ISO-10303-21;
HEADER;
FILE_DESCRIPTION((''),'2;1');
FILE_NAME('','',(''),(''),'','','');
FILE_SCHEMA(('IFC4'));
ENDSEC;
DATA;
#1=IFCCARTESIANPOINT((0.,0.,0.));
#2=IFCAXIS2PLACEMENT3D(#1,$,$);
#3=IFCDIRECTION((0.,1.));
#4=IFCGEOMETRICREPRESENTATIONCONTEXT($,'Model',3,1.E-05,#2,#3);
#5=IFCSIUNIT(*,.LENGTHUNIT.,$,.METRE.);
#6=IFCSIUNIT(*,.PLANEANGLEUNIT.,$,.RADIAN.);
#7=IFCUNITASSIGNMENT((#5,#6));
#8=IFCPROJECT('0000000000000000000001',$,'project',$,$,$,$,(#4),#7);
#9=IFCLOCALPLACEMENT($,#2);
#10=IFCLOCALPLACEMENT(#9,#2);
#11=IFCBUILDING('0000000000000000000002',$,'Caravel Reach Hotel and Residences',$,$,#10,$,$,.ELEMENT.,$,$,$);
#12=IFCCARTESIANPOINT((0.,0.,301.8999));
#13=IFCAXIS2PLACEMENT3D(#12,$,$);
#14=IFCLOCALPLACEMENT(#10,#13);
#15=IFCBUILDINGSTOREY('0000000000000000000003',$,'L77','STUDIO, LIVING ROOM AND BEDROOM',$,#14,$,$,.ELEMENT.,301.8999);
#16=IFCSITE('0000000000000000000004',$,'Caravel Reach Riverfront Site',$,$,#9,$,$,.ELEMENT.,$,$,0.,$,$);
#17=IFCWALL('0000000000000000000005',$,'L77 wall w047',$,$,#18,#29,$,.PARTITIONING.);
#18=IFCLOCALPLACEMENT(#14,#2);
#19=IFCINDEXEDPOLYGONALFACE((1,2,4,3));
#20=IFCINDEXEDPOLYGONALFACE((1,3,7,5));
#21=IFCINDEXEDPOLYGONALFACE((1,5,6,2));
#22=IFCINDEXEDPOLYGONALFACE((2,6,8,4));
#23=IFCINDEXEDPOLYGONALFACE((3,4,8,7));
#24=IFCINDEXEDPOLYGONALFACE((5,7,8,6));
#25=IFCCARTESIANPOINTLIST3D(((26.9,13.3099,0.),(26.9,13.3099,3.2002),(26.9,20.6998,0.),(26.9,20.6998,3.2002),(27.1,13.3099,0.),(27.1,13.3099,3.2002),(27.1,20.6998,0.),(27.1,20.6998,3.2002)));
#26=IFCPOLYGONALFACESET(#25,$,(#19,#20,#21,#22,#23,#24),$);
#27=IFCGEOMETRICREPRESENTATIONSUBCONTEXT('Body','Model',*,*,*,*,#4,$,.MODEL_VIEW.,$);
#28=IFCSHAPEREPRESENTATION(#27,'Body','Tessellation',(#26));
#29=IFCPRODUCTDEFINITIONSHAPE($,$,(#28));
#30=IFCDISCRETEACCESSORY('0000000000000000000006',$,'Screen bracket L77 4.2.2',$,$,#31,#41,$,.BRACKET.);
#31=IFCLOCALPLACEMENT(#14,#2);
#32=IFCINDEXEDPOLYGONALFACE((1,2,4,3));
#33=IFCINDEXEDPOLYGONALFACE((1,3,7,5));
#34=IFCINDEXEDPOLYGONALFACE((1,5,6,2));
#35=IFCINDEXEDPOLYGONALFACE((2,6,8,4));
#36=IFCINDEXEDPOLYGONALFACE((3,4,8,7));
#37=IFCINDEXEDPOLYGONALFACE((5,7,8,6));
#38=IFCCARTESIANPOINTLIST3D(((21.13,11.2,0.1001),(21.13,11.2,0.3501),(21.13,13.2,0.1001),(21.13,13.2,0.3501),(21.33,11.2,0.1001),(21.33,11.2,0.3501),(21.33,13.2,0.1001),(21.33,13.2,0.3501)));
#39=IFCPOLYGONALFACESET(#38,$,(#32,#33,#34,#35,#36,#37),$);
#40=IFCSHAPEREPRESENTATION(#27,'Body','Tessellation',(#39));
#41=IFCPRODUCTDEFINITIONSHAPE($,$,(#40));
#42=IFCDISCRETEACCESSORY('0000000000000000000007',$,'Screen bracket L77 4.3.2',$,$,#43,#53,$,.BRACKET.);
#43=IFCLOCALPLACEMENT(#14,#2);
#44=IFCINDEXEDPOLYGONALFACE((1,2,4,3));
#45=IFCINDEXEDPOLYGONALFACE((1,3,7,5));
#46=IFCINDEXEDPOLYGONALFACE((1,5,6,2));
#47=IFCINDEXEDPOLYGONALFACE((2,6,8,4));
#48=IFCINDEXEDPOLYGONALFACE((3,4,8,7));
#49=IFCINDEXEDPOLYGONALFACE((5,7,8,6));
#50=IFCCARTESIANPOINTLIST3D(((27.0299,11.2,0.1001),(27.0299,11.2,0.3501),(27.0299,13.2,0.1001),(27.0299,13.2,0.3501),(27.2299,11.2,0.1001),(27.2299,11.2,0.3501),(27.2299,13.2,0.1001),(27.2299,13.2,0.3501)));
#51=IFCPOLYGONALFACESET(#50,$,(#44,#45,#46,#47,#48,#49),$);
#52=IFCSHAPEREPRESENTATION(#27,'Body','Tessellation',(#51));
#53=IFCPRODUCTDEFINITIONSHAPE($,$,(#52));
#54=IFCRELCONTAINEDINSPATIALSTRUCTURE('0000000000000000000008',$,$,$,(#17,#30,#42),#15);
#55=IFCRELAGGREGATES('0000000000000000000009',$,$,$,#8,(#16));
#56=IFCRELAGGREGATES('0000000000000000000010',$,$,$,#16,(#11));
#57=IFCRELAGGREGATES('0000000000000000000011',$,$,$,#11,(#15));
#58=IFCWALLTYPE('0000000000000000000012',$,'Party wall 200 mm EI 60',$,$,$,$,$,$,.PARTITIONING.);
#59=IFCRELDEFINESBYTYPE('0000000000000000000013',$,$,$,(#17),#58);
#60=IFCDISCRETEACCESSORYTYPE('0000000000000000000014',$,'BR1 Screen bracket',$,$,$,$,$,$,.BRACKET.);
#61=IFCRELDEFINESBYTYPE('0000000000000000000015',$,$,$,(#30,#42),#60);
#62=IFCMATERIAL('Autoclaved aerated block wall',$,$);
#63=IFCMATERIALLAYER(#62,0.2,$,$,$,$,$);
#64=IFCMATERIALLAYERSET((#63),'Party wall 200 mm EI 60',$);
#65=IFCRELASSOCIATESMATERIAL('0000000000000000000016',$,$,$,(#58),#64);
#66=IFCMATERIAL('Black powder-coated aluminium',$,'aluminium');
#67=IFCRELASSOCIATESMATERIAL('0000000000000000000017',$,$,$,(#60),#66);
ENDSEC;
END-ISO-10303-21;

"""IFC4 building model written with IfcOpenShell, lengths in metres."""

from ifc_helpers import new_model, si_unit, direction, frame, frame_2d, origin, origin_2d, place, context, subcontext, project, spatial, rectangle, extrude, material, layer, layer_set, type_object, element, save


model = new_model("IFC4")

# Units and contexts
model_context = context("Model", 3, precision=1e-05, world=origin(), true_north=direction((0.0, 1.0)))
body_context = subcontext(model_context, "Body", "Model", "MODEL_VIEW")
ifc_project = project(units=[si_unit("LENGTHUNIT", "METRE"), si_unit("PLANEANGLEUNIT", "RADIAN")], contexts=[model_context])

# Site, building, storey
site_placement = place(None, origin())
site = spatial("IfcSite", under=ifc_project, at=site_placement, Name="Caravel Reach Riverfront Site", CompositionType="ELEMENT", RefElevation=0.0)
building_placement = place(site_placement, origin())
building = spatial("IfcBuilding", under=site, at=building_placement, Name="Caravel Reach Hotel and Residences", CompositionType="ELEMENT")
storey_placement = place(building_placement, frame((0.0, 0.0, 301.8999)))
storey = spatial("IfcBuildingStorey", under=building, at=storey_placement, Name="L77", Description="STUDIO, LIVING ROOM AND BEDROOM", CompositionType="ELEMENT", Elevation=301.8999)

# Wall
ifc_material_1 = material(Name="Autoclaved aerated block wall")
ifc_layer_1 = layer(ifc_material_1, 0.2)
ifc_layer_set_1 = layer_set([ifc_layer_1], Name="Party wall 200 mm EI 60")
wall_type_1 = type_object("IfcWallType", Name="Party wall 200 mm EI 60", PredefinedType="PARTITIONING", material=ifc_layer_set_1)
wall_1_placement = place(storey_placement, frame((27.0, 13.3101, 0.0), z_axis=(0.0, 0.0, 1.0), x_axis=(0.0, 1.0, 0.0)))
element("IfcWall", 1, at=wall_1_placement, inside=storey, type_object=wall_type_1, Name="L77 wall w047", PredefinedType="PARTITIONING", context=body_context, shape_type="SweptSolid", body=[
    extrude(rectangle(XDim=7.3899, YDim=0.2, at=frame_2d((3.6948, 0.0))), origin(), (0.0, 0.0, 1.0), 3.2002),
])

# Discrete accessories
ifc_material_2 = material(Name="Black powder-coated aluminium", Category="aluminium")
discrete_accessory_type = type_object("IfcDiscreteAccessoryType", Name="BR1 Screen bracket", PredefinedType="BRACKET", material=ifc_material_2)
for number, where, z_axis, x_axis, name in (
    (2, (21.23, 12.2, 0.1001), (0.0, 0.0, 1.0), (0.0, -1.0, 0.0), "Screen bracket L77 4.2.2"),
    (3, (27.1299, 12.2, 0.1001), (0.0, 0.0, 1.0), (0.0, -1.0, 0.0), "Screen bracket L77 4.3.2"),
):
    element("IfcDiscreteAccessory", number, at=place(storey_placement, frame(where, z_axis=z_axis, x_axis=x_axis)), inside=storey, type_object=discrete_accessory_type, Name=name, PredefinedType="BRACKET", context=body_context, shape_type="SweptSolid", body=[
        extrude(rectangle(XDim=2.0, YDim=0.2, at=origin_2d()), origin(), (0.0, 0.0, 1.0), 0.25),
    ])

save(model, "model.ifc")
